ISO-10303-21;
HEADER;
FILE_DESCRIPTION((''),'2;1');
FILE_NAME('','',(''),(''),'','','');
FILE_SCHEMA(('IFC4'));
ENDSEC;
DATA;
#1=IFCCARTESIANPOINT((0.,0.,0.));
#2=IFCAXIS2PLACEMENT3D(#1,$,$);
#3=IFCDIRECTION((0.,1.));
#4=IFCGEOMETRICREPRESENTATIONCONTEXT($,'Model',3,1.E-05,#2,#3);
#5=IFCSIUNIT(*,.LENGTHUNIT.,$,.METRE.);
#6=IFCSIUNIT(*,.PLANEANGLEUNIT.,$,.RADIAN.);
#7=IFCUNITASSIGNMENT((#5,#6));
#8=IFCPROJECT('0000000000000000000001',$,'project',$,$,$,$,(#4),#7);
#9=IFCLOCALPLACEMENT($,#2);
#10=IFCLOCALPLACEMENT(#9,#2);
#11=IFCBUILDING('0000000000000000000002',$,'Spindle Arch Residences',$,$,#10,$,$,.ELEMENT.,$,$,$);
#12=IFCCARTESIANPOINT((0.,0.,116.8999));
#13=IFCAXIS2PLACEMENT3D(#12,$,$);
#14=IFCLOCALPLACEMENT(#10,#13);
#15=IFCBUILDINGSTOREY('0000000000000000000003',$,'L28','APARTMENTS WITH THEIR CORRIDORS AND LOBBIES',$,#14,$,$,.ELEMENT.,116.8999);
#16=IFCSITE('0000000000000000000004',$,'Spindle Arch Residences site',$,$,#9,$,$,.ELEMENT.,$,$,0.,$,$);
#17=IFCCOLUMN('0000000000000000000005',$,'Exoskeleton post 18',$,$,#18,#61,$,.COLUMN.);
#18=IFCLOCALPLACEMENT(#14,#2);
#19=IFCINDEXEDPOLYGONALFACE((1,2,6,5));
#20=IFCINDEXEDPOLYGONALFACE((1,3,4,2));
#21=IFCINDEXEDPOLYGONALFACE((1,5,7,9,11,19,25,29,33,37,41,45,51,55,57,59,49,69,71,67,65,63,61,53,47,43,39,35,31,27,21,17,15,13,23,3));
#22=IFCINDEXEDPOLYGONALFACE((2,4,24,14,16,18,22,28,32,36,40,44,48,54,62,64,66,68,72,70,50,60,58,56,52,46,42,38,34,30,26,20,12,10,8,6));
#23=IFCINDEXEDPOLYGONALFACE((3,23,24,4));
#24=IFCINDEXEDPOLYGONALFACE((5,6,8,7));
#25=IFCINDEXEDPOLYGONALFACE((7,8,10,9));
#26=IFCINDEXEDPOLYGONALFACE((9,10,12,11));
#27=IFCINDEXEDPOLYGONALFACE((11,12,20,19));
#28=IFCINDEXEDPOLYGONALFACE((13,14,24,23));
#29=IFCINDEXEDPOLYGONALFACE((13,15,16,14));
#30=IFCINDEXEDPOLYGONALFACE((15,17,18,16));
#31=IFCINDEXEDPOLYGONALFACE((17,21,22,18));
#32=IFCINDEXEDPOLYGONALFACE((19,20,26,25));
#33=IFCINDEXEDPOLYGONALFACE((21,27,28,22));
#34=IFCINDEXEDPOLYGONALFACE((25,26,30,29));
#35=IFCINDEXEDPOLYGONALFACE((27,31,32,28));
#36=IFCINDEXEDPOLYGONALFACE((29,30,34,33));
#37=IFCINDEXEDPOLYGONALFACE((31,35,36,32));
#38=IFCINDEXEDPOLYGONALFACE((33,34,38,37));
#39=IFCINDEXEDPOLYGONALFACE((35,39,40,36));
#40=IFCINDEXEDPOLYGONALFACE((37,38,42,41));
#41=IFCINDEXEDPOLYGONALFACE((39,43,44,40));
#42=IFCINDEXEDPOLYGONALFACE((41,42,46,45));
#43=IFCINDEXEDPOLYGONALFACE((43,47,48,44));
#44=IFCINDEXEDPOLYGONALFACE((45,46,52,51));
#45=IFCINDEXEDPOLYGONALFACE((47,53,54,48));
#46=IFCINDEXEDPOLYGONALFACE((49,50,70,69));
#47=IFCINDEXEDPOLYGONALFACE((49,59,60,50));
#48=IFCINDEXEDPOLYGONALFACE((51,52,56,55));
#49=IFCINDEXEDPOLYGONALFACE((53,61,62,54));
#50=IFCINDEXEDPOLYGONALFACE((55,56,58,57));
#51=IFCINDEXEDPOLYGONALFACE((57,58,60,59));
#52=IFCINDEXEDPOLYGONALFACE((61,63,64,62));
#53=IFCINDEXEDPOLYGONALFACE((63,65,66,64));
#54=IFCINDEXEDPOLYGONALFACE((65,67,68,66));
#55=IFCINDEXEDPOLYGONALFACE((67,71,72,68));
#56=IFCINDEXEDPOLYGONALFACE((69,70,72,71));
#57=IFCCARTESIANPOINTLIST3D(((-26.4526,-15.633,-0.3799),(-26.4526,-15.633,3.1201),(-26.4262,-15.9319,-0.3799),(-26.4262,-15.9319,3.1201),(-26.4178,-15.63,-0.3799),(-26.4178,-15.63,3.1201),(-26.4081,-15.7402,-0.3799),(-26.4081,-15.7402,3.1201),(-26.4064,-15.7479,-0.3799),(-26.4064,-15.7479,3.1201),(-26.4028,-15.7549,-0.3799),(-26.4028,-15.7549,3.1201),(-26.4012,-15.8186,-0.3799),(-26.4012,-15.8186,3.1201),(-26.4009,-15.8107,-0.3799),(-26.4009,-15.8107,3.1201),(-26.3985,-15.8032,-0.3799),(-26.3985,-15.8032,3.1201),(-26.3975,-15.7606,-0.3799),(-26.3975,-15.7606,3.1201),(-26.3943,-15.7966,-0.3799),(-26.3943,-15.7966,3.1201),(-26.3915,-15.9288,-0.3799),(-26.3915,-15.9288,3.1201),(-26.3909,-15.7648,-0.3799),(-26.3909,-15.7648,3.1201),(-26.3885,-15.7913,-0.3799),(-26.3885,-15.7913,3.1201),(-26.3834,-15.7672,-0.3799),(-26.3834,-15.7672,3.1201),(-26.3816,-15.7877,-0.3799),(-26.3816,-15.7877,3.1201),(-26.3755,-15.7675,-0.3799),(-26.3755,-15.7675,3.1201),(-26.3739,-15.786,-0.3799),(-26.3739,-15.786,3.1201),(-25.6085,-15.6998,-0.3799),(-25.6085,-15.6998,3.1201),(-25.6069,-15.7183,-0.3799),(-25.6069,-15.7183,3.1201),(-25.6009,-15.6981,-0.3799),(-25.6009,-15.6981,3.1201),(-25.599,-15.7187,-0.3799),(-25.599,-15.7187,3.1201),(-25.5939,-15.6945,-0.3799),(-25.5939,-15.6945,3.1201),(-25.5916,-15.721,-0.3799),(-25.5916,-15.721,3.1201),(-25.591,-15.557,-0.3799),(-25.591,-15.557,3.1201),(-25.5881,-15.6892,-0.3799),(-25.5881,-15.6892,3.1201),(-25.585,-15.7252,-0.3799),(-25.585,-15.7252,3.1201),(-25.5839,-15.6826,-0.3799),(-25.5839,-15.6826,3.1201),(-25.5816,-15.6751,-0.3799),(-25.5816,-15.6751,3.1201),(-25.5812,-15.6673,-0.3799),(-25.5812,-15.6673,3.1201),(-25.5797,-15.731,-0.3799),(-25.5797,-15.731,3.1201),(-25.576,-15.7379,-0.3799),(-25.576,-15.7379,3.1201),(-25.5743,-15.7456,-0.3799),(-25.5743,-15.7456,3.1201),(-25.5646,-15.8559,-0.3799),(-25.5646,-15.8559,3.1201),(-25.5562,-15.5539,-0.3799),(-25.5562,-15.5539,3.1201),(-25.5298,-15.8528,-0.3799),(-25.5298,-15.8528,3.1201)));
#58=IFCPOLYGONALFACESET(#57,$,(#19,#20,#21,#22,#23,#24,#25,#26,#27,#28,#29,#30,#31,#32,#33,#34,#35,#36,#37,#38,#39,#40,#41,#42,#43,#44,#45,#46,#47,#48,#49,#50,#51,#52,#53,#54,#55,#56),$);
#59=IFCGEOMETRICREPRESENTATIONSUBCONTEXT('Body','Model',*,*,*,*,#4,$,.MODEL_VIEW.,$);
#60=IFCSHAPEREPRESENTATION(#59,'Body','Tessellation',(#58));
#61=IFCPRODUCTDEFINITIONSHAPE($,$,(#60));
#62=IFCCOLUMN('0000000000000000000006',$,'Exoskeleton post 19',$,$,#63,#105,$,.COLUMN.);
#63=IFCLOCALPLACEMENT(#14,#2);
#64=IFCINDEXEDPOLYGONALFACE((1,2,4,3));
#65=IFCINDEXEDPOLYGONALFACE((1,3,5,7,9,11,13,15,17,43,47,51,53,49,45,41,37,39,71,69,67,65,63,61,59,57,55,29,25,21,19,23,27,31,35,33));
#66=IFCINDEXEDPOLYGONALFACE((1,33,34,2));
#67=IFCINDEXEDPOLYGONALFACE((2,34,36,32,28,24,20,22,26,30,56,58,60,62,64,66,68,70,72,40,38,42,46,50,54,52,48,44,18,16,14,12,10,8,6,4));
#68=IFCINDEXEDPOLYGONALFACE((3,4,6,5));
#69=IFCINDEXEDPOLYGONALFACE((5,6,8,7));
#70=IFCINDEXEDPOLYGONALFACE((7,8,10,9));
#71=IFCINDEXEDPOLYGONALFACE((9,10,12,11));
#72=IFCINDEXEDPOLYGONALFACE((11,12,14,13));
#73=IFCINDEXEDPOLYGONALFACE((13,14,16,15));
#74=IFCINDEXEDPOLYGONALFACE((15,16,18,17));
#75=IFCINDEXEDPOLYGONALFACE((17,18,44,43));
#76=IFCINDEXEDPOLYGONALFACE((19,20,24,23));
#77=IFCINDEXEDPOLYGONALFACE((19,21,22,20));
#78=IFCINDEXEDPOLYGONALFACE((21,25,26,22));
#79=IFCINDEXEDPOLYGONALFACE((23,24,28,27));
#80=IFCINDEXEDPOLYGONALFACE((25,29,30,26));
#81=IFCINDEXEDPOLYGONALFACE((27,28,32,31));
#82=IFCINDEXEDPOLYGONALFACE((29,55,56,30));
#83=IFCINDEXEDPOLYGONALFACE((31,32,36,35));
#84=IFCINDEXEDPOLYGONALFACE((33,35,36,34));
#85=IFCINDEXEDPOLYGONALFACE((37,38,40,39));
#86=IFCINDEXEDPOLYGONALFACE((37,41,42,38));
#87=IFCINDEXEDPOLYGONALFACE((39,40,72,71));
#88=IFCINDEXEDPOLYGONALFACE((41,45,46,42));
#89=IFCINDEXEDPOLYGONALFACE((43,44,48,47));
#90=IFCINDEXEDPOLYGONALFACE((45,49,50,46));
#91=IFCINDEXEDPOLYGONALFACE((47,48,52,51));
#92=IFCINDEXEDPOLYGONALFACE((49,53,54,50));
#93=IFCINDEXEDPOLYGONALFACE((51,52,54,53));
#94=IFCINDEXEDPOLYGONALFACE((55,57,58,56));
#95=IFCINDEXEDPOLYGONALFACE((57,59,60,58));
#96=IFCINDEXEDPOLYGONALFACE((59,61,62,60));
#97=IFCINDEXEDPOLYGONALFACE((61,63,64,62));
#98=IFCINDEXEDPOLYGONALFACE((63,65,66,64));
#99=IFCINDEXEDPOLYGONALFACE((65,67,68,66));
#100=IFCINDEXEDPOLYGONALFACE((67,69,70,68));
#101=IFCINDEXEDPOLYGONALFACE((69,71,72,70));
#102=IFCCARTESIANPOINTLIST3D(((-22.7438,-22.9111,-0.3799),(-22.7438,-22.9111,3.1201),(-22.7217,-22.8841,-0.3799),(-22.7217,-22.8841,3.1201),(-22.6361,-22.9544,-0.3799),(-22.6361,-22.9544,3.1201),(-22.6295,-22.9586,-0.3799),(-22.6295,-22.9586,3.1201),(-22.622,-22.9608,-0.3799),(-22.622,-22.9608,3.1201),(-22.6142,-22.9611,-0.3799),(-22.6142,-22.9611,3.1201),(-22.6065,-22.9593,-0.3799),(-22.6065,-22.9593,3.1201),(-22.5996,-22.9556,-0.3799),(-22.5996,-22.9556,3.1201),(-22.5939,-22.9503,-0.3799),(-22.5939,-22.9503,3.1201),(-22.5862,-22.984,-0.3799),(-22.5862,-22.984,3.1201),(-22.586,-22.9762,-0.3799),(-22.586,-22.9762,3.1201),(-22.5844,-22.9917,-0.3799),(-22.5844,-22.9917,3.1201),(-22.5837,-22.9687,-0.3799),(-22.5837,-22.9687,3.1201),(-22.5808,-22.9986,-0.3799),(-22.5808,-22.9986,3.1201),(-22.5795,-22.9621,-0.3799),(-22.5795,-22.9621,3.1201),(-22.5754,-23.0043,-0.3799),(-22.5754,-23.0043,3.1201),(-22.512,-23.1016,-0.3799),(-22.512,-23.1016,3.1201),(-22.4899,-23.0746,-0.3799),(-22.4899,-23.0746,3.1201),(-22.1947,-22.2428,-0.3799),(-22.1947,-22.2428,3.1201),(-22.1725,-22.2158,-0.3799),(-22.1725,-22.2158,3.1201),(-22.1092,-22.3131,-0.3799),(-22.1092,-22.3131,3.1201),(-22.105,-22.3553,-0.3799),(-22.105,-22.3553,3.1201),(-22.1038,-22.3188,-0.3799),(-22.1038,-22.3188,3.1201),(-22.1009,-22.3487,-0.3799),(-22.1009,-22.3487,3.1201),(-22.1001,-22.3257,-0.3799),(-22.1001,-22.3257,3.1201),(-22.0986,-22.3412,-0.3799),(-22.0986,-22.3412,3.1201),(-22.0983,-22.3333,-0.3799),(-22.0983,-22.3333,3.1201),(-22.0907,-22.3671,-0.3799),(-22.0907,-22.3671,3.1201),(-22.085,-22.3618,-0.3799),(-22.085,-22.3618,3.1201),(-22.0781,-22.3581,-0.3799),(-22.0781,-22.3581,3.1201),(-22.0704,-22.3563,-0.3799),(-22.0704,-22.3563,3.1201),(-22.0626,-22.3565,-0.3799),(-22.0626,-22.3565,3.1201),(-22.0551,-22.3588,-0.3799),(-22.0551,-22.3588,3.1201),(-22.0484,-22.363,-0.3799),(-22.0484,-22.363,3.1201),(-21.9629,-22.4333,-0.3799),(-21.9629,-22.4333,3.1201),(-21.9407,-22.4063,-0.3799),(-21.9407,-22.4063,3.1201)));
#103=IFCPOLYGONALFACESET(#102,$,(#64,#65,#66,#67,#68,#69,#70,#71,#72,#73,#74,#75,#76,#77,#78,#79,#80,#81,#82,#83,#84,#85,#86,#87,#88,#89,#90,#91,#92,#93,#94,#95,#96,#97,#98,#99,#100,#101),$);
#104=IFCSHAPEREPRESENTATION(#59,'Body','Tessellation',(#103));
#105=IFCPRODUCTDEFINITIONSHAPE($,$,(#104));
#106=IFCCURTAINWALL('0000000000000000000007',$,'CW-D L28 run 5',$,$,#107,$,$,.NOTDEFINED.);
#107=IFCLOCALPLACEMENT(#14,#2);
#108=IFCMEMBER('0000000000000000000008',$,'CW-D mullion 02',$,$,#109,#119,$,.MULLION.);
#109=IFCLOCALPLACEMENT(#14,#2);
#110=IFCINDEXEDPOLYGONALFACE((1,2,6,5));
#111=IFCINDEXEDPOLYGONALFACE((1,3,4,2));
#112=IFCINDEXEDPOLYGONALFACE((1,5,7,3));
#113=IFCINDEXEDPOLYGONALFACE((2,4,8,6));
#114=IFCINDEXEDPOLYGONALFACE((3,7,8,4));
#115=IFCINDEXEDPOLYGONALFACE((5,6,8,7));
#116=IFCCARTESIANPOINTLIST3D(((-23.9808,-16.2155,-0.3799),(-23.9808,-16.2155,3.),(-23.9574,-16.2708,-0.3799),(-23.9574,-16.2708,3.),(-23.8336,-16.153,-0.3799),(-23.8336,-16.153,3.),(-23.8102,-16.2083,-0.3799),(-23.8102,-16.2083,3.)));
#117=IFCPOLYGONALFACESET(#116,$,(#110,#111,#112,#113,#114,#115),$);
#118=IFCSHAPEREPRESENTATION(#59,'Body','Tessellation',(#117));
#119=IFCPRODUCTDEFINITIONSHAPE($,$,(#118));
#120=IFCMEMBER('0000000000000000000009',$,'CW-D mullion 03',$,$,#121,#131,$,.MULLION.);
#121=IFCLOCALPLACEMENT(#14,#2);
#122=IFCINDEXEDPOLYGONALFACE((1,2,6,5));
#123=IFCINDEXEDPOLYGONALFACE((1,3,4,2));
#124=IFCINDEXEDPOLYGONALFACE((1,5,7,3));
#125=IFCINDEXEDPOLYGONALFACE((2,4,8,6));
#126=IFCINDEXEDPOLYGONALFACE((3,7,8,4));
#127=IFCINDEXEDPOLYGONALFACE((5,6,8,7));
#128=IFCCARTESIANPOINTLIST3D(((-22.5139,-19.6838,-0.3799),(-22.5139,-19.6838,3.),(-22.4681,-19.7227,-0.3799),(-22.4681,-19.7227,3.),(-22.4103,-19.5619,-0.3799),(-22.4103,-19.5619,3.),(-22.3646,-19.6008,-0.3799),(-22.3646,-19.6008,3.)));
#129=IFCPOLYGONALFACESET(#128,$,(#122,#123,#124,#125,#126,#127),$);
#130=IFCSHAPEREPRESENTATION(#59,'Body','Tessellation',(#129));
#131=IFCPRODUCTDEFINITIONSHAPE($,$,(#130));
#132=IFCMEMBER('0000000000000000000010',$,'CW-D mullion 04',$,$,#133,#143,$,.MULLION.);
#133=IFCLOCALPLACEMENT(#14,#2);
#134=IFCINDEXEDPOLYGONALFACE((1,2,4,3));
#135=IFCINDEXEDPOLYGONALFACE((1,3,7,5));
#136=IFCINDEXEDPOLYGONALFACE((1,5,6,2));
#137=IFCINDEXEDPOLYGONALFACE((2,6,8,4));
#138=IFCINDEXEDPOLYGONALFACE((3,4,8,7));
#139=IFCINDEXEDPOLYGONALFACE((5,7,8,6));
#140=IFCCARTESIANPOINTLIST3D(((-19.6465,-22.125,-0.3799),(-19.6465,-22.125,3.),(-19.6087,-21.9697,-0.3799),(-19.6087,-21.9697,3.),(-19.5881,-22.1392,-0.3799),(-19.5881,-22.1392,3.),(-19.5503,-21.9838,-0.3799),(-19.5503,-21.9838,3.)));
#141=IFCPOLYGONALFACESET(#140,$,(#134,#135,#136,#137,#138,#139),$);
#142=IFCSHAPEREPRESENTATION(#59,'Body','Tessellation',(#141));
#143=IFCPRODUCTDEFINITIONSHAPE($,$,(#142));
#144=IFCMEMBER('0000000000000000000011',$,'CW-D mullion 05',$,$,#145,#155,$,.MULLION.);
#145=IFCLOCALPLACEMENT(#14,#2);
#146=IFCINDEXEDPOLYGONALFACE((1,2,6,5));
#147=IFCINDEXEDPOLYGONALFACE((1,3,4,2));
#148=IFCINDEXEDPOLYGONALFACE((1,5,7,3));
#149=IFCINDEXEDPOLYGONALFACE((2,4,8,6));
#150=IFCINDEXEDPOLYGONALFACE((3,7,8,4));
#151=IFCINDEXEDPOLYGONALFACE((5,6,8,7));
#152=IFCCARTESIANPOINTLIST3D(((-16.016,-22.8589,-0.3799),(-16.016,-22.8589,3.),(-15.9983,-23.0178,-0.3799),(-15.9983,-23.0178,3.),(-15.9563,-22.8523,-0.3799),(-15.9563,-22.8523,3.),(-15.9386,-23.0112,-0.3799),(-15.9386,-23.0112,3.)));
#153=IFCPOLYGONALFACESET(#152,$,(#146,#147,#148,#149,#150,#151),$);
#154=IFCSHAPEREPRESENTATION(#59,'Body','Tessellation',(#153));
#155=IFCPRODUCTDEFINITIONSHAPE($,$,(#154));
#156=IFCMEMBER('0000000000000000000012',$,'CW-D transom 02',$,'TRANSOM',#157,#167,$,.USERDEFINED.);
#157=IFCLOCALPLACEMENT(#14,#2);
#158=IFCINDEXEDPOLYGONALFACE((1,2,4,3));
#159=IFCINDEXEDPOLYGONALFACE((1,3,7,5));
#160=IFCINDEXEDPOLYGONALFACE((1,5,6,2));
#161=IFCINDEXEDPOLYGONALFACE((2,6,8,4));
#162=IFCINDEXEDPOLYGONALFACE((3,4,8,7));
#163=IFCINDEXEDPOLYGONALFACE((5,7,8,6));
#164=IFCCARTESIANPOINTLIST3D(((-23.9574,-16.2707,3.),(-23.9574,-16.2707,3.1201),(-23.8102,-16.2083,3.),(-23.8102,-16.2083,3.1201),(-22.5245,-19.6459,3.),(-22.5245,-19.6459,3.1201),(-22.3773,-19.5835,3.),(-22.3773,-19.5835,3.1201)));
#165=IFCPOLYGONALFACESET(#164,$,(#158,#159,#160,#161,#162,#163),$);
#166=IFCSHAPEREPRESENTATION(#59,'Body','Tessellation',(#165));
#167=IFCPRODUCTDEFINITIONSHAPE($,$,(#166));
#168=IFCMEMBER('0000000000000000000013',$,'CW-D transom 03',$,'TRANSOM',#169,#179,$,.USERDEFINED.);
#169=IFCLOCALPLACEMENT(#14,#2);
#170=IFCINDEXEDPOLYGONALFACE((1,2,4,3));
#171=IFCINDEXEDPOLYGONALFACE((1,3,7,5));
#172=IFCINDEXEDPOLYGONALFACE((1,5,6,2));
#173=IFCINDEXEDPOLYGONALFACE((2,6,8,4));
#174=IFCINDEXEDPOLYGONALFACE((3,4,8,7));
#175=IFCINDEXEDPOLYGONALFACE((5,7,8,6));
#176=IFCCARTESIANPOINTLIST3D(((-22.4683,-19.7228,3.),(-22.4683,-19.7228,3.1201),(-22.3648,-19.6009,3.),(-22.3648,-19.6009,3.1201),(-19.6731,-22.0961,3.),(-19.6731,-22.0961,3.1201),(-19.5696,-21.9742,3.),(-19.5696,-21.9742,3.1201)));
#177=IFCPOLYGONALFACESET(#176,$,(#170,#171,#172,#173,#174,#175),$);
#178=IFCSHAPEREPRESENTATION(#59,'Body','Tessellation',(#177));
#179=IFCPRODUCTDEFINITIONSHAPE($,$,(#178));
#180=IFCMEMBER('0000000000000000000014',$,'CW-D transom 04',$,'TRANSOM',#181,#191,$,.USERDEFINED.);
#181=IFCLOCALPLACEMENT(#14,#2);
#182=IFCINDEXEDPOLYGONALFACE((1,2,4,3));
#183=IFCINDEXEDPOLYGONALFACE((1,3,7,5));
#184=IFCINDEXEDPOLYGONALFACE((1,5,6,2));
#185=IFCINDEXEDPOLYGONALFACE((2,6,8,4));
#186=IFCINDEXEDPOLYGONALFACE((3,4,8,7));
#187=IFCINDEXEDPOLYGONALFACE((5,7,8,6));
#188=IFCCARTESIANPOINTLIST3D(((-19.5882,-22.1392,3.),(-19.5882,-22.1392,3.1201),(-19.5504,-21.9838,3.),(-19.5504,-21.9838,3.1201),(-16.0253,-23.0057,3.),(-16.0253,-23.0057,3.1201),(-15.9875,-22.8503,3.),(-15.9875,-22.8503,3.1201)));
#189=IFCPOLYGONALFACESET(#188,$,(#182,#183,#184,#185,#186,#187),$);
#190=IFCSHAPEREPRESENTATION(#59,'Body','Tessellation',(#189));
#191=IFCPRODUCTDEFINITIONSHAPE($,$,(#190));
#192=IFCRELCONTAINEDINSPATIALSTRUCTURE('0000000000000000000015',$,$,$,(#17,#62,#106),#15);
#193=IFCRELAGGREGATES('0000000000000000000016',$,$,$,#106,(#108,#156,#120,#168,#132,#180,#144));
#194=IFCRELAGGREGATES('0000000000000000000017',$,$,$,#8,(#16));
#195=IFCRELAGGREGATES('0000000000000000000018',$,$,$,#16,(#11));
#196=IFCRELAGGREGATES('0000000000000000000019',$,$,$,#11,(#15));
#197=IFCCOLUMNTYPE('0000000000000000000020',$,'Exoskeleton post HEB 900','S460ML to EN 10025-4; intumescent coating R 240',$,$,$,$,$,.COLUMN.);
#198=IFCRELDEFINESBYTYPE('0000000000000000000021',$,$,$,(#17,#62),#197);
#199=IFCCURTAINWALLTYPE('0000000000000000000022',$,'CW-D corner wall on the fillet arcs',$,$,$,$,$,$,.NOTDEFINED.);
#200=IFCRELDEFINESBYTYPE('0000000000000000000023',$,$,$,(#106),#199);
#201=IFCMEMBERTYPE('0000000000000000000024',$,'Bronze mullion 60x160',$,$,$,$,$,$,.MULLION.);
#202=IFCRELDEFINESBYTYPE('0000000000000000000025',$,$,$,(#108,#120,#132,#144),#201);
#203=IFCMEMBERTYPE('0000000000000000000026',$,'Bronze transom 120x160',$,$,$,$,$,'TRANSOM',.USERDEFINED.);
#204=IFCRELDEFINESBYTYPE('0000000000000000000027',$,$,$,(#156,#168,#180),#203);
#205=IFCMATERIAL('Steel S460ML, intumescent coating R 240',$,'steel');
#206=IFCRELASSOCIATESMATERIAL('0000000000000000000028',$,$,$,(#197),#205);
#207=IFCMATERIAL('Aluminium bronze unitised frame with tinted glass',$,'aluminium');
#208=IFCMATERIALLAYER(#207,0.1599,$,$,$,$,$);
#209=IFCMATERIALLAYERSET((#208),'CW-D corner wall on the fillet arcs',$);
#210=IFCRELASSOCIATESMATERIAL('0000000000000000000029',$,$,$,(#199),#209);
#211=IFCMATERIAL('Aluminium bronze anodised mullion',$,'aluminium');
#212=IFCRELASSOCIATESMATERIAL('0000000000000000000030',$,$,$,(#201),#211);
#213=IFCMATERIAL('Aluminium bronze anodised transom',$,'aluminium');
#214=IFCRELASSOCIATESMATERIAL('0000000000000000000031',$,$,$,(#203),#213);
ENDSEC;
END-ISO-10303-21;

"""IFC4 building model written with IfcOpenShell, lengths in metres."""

from ifc_helpers import new_model, si_unit, direction, frame, origin, origin_2d, place, context, subcontext, project, spatial, rectangle, i_section, extrude, material, layer, layer_set, material_profile, profile_set, type_object, element, aggregate, save


model = new_model("IFC4")

# Units and contexts
model_context = context("Model", 3, precision=1e-05, world=origin(), true_north=direction((0.0, 1.0)))
body_context = subcontext(model_context, "Body", "Model", "MODEL_VIEW")
ifc_project = project(units=[si_unit("LENGTHUNIT", "METRE"), si_unit("PLANEANGLEUNIT", "RADIAN")], contexts=[model_context])

# Site, building, storey
site_placement = place(None, origin())
site = spatial("IfcSite", under=ifc_project, at=site_placement, Name="Spindle Arch Residences site", CompositionType="ELEMENT", RefElevation=0.0)
building_placement = place(site_placement, origin())
building = spatial("IfcBuilding", under=site, at=building_placement, Name="Spindle Arch Residences", CompositionType="ELEMENT")
storey_placement = place(building_placement, frame((0.0, 0.0, 116.8999)))
storey = spatial("IfcBuildingStorey", under=building, at=storey_placement, Name="L28", Description="APARTMENTS WITH THEIR CORRIDORS AND LOBBIES", CompositionType="ELEMENT", Elevation=116.8999)

# Columns
ifc_material_1 = material(Name="Steel S460ML, intumescent coating R 240", Category="steel")
ifc_material_profile_1 = material_profile(ifc_material_1, i_section(OverallWidth=0.3, OverallDepth=0.8999, WebThickness=0.0186, FlangeThickness=0.0349, FilletRadius=0.03, at=origin_2d()), Name="HEB 900")
ifc_profile_set_1 = profile_set([ifc_material_profile_1], Name="Steel S460ML, intumescent coating R 240")
column_type = type_object("IfcColumnType", Name="Exoskeleton post HEB 900", Description="S460ML to EN 10025-4; intumescent coating R 240", PredefinedType="COLUMN", material=ifc_profile_set_1)
for number, where, z_axis, x_axis, name in (
    (1, (-25.9912, -15.7429, -0.3799), (0.0, 0.0, 1.0), (-0.087905, 0.996129, 0.0), "Exoskeleton post 18"),
    (2, (-22.3423, -22.6587, -0.3799), (0.0, 0.0, 1.0), (-0.772638, 0.634847, 0.0), "Exoskeleton post 19"),
):
    element("IfcColumn", number, at=place(storey_placement, frame(where, z_axis=z_axis, x_axis=x_axis)), inside=storey, type_object=column_type, Name=name, PredefinedType="COLUMN", context=body_context, shape_type="SweptSolid", body=[
        extrude(i_section(OverallWidth=0.3, OverallDepth=0.8999, WebThickness=0.0186, FlangeThickness=0.0349, FilletRadius=0.03, at=origin_2d()), origin(), (0.0, 0.0, 1.0), 3.5),
    ])

# Curtain wall, members
ifc_material_2 = material(Name="Aluminium bronze unitised frame with tinted glass", Category="aluminium")
ifc_layer_1 = layer(ifc_material_2, 0.1599)
ifc_layer_set_1 = layer_set([ifc_layer_1], Name="CW-D corner wall on the fillet arcs")
curtain_wall_type = type_object("IfcCurtainWallType", Name="CW-D corner wall on the fillet arcs", PredefinedType="NOTDEFINED", material=ifc_layer_set_1)
curtain_wall_placement = place(storey_placement, origin())
curtain_wall = element("IfcCurtainWall", 3, at=curtain_wall_placement, inside=storey, type_object=curtain_wall_type, Name="CW-D L28 run 5", PredefinedType="NOTDEFINED")
ifc_material_3 = material(Name="Aluminium bronze anodised mullion", Category="aluminium")
ifc_material_profile_2 = material_profile(ifc_material_3, rectangle(XDim=0.1599, YDim=0.0601, at=origin_2d()), Name="MU 60x160")
ifc_profile_set_2 = profile_set([ifc_material_profile_2], Name="Aluminium bronze anodised mullion")
member_type_1 = type_object("IfcMemberType", Name="Bronze mullion 60x160", PredefinedType="MULLION", material=ifc_profile_set_2)
member_1_placement = place(storey_placement, frame((-23.8955, -16.2119, -0.3799), z_axis=(0.0, 0.0, 1.0), x_axis=(0.920505, 0.390731, 0.0)))
member_1 = element("IfcMember", 4, at=member_1_placement, type_object=member_type_1, Name="CW-D mullion 02", PredefinedType="MULLION", context=body_context, shape_type="SweptSolid", body=[
    extrude(rectangle(XDim=0.1599, YDim=0.0601, at=origin_2d()), origin(), (0.0, 0.0, 1.0), 3.3799),
])
member_2_placement = place(storey_placement, frame((-22.4392, -19.6423, -0.3799), z_axis=(0.0, 0.0, 1.0), x_axis=(0.647233, 0.762292, 0.0)))
member_2 = element("IfcMember", 5, at=member_2_placement, type_object=member_type_1, Name="CW-D mullion 03", PredefinedType="MULLION", context=body_context, shape_type="SweptSolid", body=[
    extrude(rectangle(XDim=0.1599, YDim=0.0601, at=origin_2d()), origin(), (0.0, 0.0, 1.0), 3.3799),
])
member_3_placement = place(storey_placement, frame((-19.5984, -22.0544, -0.3799), z_axis=(0.0, 0.0, 1.0), x_axis=(0.236273, 0.971687, 0.0)))
member_3 = element("IfcMember", 6, at=member_3_placement, type_object=member_type_1, Name="CW-D mullion 04", PredefinedType="MULLION", context=body_context, shape_type="SweptSolid", body=[
    extrude(rectangle(XDim=0.1599, YDim=0.0601, at=origin_2d()), origin(), (0.0, 0.0, 1.0), 3.3799),
])
member_4_placement = place(storey_placement, frame((-15.9773, -22.9351, -0.3799), z_axis=(0.0, 0.0, 1.0), x_axis=(-0.110313, 0.993897, 0.0)))
member_4 = element("IfcMember", 7, at=member_4_placement, type_object=member_type_1, Name="CW-D mullion 05", PredefinedType="MULLION", context=body_context, shape_type="SweptSolid", body=[
    extrude(rectangle(XDim=0.1599, YDim=0.0601, at=origin_2d()), origin(), (0.0, 0.0, 1.0), 3.3799),
])
ifc_material_4 = material(Name="Aluminium bronze anodised transom", Category="aluminium")
ifc_material_profile_3 = material_profile(ifc_material_4, rectangle(XDim=0.1599, YDim=0.1201, at=origin_2d()), Name="TR 120x160")
ifc_profile_set_3 = profile_set([ifc_material_profile_3], Name="Aluminium bronze anodised transom")
member_type_2 = type_object("IfcMemberType", Name="Bronze transom 120x160", ElementType="TRANSOM", PredefinedType="USERDEFINED", material=ifc_profile_set_3)
member_5_placement = place(storey_placement, frame((-23.8838, -16.2395, 3.0601), z_axis=(0.390767, -0.92049, 0.0), x_axis=(0.92049, 0.390767, 0.0)))
member_5 = element("IfcMember", 8, at=member_5_placement, type_object=member_type_2, Name="CW-D transom 02", ObjectType="TRANSOM", PredefinedType="USERDEFINED", context=body_context, shape_type="SweptSolid", body=[
    extrude(rectangle(XDim=0.1599, YDim=0.1201, at=origin_2d()), origin(), (0.0, 0.0, 1.0), 3.6667),
])
member_6_placement = place(storey_placement, frame((-22.4165, -19.6619, 3.0601), z_axis=(0.762289, -0.647237, 0.0), x_axis=(0.647237, 0.762289, 0.0)))
member_6 = element("IfcMember", 9, at=member_6_placement, type_object=member_type_2, Name="CW-D transom 03", ObjectType="TRANSOM", PredefinedType="USERDEFINED", context=body_context, shape_type="SweptSolid", body=[
    extrude(rectangle(XDim=0.1599, YDim=0.1201, at=origin_2d()), origin(), (0.0, 0.0, 1.0), 3.6667),
])
member_7_placement = place(storey_placement, frame((-19.5693, -22.0615, 3.0601), z_axis=(0.971681, -0.236296, 0.0), x_axis=(0.236296, 0.971681, 0.0)))
member_7 = element("IfcMember", 10, at=member_7_placement, type_object=member_type_2, Name="CW-D transom 04", ObjectType="TRANSOM", PredefinedType="USERDEFINED", context=body_context, shape_type="SweptSolid", body=[
    extrude(rectangle(XDim=0.1599, YDim=0.1201, at=origin_2d()), origin(), (0.0, 0.0, 1.0), 3.6667),
])

aggregate(curtain_wall, [member_1, member_5, member_2, member_6, member_3, member_7, member_4])

save(model, "model.ifc")
